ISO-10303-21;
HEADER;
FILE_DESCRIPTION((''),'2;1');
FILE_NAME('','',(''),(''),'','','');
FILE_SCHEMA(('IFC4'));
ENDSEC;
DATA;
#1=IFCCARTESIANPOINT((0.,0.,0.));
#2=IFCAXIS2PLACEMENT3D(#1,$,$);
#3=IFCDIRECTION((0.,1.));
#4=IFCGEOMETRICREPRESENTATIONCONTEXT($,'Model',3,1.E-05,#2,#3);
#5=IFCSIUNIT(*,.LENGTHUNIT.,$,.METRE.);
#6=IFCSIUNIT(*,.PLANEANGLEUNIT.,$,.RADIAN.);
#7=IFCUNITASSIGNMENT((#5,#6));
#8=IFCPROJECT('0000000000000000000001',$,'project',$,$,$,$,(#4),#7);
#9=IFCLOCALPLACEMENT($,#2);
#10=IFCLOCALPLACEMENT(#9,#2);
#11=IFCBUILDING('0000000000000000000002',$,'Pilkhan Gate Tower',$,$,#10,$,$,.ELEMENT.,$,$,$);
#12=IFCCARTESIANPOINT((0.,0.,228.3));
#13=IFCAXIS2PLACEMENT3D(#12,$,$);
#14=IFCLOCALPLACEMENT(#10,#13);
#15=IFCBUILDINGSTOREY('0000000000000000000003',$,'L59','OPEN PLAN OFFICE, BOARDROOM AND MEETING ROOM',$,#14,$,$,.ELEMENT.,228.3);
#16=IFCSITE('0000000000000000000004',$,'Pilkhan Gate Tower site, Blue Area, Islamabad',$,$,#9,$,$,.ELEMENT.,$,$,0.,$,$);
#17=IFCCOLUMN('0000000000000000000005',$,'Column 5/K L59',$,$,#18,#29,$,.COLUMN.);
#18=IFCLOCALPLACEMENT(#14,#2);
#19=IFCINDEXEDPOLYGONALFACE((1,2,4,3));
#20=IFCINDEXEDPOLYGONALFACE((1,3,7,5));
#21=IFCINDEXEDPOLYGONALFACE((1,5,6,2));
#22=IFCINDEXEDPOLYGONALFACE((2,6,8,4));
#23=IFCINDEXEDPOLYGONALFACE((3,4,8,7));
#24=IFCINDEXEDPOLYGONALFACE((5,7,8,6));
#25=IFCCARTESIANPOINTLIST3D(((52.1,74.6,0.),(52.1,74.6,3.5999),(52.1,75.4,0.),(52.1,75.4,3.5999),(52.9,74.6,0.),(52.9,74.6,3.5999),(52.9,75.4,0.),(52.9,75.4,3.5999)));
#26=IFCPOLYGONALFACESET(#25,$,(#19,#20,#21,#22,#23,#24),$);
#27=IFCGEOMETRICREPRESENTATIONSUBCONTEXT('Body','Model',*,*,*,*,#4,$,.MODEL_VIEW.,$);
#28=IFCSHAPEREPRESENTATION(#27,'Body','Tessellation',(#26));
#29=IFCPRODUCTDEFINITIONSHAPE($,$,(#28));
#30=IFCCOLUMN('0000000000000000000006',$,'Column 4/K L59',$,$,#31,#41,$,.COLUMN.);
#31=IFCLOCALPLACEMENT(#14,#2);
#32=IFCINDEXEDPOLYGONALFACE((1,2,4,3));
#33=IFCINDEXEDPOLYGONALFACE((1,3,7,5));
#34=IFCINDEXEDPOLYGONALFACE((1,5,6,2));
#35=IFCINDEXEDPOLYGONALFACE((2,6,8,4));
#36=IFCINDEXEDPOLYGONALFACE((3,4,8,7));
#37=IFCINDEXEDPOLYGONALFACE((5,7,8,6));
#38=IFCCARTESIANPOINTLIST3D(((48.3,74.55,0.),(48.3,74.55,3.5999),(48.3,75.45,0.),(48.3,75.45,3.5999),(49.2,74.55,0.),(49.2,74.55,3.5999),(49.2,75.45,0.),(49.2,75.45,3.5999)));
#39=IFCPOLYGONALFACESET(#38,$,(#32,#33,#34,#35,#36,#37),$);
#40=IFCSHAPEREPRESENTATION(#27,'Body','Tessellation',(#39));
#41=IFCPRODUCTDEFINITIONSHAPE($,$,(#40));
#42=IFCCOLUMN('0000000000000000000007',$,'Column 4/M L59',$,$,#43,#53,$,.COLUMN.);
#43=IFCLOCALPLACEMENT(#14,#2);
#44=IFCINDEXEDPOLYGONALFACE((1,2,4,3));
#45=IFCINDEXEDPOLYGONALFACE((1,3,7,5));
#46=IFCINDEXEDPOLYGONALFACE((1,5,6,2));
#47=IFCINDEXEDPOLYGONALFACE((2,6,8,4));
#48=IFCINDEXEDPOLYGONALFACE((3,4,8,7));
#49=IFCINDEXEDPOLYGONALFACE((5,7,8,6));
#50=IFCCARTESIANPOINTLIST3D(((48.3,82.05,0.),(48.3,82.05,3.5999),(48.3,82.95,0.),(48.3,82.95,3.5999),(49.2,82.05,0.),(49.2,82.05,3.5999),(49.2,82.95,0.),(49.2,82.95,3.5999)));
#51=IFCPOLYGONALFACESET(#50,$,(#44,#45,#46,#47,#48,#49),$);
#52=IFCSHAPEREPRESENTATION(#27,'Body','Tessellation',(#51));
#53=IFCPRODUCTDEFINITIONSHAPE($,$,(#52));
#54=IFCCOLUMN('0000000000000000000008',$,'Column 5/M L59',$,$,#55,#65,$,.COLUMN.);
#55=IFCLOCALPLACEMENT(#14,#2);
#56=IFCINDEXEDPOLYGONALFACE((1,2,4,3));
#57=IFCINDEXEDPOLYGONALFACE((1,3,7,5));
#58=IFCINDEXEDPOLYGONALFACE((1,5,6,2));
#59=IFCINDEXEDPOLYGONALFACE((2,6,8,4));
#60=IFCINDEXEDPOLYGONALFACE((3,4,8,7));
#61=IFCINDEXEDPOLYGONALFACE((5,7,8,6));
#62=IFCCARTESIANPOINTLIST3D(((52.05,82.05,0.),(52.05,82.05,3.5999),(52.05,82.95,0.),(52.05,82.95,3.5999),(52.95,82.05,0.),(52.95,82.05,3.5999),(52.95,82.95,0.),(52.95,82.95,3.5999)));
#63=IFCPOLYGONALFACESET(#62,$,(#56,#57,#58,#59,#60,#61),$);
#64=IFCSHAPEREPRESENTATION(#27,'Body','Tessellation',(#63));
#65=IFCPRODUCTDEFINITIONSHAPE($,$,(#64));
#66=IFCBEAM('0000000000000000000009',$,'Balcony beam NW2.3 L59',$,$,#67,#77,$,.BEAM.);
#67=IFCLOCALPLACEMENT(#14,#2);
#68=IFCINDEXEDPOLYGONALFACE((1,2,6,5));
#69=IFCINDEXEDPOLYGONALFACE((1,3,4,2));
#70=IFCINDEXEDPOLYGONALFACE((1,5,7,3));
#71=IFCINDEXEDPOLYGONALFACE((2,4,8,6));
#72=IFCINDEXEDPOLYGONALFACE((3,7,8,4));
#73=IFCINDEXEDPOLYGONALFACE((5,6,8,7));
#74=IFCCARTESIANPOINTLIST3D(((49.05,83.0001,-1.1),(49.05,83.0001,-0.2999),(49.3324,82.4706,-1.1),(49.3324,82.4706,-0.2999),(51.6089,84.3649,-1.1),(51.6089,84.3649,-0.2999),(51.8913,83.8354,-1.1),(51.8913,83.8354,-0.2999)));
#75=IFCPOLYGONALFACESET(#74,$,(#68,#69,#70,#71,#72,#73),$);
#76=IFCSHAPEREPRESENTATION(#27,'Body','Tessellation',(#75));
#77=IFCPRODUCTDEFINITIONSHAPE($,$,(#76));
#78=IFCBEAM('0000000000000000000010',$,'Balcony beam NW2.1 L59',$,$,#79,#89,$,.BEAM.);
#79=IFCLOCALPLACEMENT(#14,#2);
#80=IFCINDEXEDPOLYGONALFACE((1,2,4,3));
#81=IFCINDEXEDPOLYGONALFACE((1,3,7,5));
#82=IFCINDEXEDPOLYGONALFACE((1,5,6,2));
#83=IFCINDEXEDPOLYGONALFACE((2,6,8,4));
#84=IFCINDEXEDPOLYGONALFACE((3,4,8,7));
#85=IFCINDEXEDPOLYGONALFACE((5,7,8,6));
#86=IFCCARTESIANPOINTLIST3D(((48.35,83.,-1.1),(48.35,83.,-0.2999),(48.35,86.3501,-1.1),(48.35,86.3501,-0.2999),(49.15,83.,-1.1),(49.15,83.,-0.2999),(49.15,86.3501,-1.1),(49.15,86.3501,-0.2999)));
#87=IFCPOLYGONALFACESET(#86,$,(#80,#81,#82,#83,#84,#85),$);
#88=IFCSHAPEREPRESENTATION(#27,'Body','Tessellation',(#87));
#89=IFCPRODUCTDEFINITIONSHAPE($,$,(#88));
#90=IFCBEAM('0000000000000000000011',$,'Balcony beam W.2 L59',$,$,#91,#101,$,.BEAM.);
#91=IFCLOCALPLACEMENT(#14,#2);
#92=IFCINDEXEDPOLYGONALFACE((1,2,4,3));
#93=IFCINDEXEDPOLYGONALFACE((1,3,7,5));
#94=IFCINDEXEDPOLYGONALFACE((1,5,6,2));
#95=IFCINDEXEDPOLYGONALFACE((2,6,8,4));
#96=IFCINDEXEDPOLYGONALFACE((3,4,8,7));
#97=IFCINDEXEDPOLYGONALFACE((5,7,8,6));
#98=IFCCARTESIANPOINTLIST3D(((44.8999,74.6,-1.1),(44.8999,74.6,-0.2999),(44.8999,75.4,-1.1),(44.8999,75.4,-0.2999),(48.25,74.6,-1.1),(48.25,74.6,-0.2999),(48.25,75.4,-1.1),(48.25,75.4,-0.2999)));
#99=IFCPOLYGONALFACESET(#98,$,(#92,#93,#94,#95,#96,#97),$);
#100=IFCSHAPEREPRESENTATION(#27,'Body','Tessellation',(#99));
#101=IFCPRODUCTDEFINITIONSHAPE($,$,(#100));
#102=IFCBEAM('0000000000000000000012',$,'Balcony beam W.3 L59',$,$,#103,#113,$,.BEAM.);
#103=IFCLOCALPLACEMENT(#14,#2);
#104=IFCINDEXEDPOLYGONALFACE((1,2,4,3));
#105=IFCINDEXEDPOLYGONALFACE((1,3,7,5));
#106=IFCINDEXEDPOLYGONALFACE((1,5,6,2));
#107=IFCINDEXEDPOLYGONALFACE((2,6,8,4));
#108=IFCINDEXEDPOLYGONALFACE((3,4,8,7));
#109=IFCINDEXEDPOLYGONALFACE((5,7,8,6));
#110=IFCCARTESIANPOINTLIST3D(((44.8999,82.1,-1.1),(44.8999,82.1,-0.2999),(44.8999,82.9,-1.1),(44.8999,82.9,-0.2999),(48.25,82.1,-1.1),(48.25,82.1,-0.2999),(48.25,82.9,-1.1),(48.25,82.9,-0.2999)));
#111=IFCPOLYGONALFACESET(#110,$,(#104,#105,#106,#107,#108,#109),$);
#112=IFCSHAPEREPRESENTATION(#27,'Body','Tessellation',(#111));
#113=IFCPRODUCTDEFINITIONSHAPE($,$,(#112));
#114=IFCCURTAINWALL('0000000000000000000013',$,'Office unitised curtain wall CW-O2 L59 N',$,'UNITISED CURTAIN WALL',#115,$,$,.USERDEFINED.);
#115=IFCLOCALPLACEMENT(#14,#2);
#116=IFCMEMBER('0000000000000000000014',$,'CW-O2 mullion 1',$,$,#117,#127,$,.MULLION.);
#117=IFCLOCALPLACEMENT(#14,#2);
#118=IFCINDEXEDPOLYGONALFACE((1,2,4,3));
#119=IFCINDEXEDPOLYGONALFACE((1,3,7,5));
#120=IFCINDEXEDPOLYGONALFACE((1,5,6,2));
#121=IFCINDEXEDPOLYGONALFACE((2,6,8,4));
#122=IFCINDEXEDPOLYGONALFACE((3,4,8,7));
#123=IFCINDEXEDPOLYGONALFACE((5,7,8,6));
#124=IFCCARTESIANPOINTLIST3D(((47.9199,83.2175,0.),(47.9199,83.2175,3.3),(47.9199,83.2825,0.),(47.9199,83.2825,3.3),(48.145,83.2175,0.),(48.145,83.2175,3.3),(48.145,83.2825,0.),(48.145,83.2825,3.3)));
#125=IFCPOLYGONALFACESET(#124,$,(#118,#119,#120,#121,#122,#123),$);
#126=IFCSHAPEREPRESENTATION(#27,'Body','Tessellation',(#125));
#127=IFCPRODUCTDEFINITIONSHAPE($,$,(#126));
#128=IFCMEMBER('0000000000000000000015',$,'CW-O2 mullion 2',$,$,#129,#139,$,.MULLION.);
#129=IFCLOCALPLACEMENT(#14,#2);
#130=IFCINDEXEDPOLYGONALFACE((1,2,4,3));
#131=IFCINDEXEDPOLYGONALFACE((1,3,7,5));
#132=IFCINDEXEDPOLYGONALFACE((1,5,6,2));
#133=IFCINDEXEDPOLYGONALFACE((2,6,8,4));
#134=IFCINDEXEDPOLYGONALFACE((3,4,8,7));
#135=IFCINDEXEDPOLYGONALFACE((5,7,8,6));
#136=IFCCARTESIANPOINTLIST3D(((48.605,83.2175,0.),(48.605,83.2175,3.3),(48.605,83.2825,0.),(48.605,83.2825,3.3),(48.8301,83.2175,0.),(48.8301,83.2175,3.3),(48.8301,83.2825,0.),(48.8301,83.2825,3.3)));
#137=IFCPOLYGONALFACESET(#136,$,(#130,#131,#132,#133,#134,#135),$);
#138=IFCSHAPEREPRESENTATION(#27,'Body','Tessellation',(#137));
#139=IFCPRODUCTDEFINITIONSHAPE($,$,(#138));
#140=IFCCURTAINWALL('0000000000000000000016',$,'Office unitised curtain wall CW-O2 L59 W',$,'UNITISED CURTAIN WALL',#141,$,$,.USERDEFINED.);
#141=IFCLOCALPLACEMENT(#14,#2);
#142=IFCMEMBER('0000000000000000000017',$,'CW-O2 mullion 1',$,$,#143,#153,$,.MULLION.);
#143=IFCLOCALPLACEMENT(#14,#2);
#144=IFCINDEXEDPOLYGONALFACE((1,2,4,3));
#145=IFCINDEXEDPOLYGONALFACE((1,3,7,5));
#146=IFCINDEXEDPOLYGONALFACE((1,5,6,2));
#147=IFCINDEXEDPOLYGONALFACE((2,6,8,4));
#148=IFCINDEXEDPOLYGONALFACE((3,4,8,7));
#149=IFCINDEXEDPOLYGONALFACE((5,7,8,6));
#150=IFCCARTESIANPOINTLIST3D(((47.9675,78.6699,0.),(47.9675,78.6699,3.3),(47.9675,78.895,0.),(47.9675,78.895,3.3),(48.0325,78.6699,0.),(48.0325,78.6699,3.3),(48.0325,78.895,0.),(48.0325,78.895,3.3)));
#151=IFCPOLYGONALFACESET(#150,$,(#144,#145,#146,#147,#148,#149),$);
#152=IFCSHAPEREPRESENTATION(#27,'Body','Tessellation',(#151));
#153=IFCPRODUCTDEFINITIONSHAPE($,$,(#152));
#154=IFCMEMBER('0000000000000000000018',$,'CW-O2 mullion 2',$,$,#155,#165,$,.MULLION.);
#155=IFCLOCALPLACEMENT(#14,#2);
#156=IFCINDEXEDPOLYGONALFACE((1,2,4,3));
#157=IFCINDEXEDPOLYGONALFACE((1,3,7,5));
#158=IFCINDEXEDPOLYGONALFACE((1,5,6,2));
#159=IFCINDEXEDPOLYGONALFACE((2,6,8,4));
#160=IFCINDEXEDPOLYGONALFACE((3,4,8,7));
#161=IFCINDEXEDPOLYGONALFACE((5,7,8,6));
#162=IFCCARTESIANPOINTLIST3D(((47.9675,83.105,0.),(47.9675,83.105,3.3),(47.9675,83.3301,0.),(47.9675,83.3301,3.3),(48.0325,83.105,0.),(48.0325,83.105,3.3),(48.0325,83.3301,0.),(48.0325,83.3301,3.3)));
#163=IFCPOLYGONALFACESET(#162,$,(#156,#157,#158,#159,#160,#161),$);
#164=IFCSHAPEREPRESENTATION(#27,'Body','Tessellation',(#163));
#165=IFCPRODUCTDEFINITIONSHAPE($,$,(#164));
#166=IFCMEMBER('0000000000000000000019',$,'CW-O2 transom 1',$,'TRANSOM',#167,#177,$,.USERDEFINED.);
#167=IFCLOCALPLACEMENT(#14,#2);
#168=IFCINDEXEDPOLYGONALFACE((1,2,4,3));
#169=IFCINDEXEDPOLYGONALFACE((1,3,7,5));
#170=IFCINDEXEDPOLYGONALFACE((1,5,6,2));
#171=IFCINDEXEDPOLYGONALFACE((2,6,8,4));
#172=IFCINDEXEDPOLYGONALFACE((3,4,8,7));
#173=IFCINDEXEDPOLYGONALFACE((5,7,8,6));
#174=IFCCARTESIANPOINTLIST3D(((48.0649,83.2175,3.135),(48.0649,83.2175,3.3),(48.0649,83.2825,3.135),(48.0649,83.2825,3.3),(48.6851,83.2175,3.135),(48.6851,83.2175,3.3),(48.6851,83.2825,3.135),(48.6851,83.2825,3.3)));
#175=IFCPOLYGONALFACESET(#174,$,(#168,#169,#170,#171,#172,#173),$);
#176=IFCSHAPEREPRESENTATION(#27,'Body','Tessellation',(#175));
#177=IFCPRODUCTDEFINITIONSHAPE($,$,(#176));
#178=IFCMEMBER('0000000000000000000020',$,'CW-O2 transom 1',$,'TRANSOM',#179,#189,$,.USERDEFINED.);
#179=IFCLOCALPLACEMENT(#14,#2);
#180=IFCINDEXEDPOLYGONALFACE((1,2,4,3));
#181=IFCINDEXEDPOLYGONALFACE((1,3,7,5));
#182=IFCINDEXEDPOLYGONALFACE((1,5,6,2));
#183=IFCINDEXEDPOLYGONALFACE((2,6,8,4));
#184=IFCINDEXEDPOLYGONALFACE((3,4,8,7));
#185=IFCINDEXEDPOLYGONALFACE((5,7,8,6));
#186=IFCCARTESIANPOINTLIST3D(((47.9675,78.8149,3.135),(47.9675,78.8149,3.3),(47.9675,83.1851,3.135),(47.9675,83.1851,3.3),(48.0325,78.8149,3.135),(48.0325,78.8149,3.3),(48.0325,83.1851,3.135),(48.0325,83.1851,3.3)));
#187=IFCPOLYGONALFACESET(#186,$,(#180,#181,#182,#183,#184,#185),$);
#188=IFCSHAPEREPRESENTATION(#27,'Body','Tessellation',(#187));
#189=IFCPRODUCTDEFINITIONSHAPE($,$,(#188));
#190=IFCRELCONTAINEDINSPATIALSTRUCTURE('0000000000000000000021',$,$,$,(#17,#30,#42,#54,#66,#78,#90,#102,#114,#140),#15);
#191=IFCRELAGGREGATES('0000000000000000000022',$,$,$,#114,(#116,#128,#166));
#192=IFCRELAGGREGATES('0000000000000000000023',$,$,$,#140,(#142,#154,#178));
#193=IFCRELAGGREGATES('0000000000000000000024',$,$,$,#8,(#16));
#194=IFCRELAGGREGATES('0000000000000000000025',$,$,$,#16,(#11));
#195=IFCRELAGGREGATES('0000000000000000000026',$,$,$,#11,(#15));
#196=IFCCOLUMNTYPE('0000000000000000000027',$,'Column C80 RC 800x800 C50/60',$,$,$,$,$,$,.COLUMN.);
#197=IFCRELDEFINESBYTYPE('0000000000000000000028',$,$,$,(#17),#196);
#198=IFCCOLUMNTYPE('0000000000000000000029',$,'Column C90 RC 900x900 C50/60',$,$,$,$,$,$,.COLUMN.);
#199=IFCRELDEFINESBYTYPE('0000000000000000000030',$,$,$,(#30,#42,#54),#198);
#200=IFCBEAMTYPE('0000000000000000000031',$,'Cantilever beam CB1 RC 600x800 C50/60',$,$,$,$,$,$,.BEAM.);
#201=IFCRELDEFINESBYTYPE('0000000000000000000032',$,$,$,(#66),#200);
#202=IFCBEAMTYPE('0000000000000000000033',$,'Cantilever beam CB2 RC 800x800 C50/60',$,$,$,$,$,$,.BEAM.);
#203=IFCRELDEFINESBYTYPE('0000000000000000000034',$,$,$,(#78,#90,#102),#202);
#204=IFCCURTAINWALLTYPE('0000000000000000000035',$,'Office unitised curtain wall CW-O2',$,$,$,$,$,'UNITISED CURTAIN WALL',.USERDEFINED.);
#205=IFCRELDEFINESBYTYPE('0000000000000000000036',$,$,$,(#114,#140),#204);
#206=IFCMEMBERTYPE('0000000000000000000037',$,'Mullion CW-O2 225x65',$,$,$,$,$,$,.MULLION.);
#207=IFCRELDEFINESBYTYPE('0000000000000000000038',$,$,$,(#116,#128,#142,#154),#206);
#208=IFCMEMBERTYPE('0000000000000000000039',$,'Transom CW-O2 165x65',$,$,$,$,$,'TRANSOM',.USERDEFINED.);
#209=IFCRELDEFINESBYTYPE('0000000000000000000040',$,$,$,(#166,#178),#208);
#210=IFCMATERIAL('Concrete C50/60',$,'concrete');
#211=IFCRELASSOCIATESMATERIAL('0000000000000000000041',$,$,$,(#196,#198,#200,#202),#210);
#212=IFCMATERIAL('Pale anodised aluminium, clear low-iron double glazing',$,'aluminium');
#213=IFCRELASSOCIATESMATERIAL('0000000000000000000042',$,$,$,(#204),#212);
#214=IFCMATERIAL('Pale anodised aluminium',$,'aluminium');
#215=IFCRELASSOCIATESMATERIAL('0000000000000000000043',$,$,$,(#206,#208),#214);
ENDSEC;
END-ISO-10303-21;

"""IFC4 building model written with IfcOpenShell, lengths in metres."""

from ifc_helpers import new_model, si_unit, direction, frame, origin, origin_2d, place, context, subcontext, project, spatial, rectangle, extrude, material, material_profile, profile_set, type_object, element, aggregate, save


model = new_model("IFC4")

# Units and contexts
model_context = context("Model", 3, precision=1e-05, world=origin(), true_north=direction((0.0, 1.0)))
body_context = subcontext(model_context, "Body", "Model", "MODEL_VIEW")
ifc_project = project(units=[si_unit("LENGTHUNIT", "METRE"), si_unit("PLANEANGLEUNIT", "RADIAN")], contexts=[model_context])

# Site, building, storey
site_placement = place(None, origin())
site = spatial("IfcSite", under=ifc_project, at=site_placement, Name="Pilkhan Gate Tower site, Blue Area, Islamabad", CompositionType="ELEMENT", RefElevation=0.0)
building_placement = place(site_placement, origin())
building = spatial("IfcBuilding", under=site, at=building_placement, Name="Pilkhan Gate Tower", CompositionType="ELEMENT")
storey_placement = place(building_placement, frame((0.0, 0.0, 228.3)))
storey = spatial("IfcBuildingStorey", under=building, at=storey_placement, Name="L59", Description="OPEN PLAN OFFICE, BOARDROOM AND MEETING ROOM", CompositionType="ELEMENT", Elevation=228.3)

# Columns
ifc_material_1 = material(Name="Concrete C50/60", Category="concrete")
ifc_material_profile_1 = material_profile(ifc_material_1, rectangle(XDim=0.8, YDim=0.8, at=origin_2d()), Name="RC 800x800")
ifc_profile_set_1 = profile_set([ifc_material_profile_1], Name="Concrete C50/60")
column_type_1 = type_object("IfcColumnType", Name="Column C80 RC 800x800 C50/60", PredefinedType="COLUMN", material=ifc_profile_set_1)
column_placement = place(storey_placement, frame((52.5, 75.0, 0.0), z_axis=(0.0, 0.0, 1.0), x_axis=(1.0, 0.0, 0.0)))
element("IfcColumn", 1, at=column_placement, inside=storey, type_object=column_type_1, Name="Column 5/K L59", PredefinedType="COLUMN", context=body_context, shape_type="SweptSolid", body=[
    extrude(rectangle(XDim=0.8, YDim=0.8, at=origin_2d()), origin(), (0.0, 0.0, 1.0), 3.5999),
])
ifc_material_profile_2 = material_profile(ifc_material_1, rectangle(XDim=0.8999, YDim=0.8999, at=origin_2d()), Name="RC 900x900")
ifc_profile_set_2 = profile_set([ifc_material_profile_2], Name="Concrete C50/60")
column_type_2 = type_object("IfcColumnType", Name="Column C90 RC 900x900 C50/60", PredefinedType="COLUMN", material=ifc_profile_set_2)
for number, where, z_axis, x_axis, name in (
    (2, (48.75, 75.0, 0.0), (0.0, 0.0, 1.0), (1.0, 0.0, 0.0), "Column 4/K L59"),
    (3, (48.75, 82.5, 0.0), (0.0, 0.0, 1.0), (1.0, 0.0, 0.0), "Column 4/M L59"),
    (4, (52.5, 82.5, 0.0), (0.0, 0.0, 1.0), (1.0, 0.0, 0.0), "Column 5/M L59"),
):
    element("IfcColumn", number, at=place(storey_placement, frame(where, z_axis=z_axis, x_axis=x_axis)), inside=storey, type_object=column_type_2, Name=name, PredefinedType="COLUMN", context=body_context, shape_type="SweptSolid", body=[
        extrude(rectangle(XDim=0.8999, YDim=0.8999, at=origin_2d()), origin(), (0.0, 0.0, 1.0), 3.5999),
    ])

# Beams
ifc_material_profile_3 = material_profile(ifc_material_1, rectangle(XDim=0.6001, YDim=0.8, at=origin_2d()), Name="RC 600x800")
ifc_profile_set_3 = profile_set([ifc_material_profile_3], Name="Concrete C50/60")
beam_type_1 = type_object("IfcBeamType", Name="Cantilever beam CB1 RC 600x800 C50/60", PredefinedType="BEAM", material=ifc_profile_set_3)
beam_placement = place(storey_placement, frame((49.1912, 82.7354, -0.7), z_axis=(0.882348, 0.470597, 0.0), x_axis=(-0.470597, 0.882348, 0.0)))
element("IfcBeam", 5, at=beam_placement, inside=storey, type_object=beam_type_1, Name="Balcony beam NW2.3 L59", PredefinedType="BEAM", context=body_context, shape_type="SweptSolid", body=[
    extrude(rectangle(XDim=0.6001, YDim=0.8, at=origin_2d()), origin(), (0.0, 0.0, 1.0), 2.9001),
])
ifc_material_profile_4 = material_profile(ifc_material_1, rectangle(XDim=0.8, YDim=0.8, at=origin_2d()), Name="RC 800x800")
ifc_profile_set_4 = profile_set([ifc_material_profile_4], Name="Concrete C50/60")
beam_type_2 = type_object("IfcBeamType", Name="Cantilever beam CB2 RC 800x800 C50/60", PredefinedType="BEAM", material=ifc_profile_set_4)
for number, where, z_axis, x_axis, name in (
    (6, (48.75, 83.0, -0.7), (0.0, 1.0, 0.0), (-1.0, 0.0, 0.0), "Balcony beam NW2.1 L59"),
    (7, (48.25, 75.0, -0.7), (-1.0, 0.0, 0.0), (0.0, -1.0, 0.0), "Balcony beam W.2 L59"),
    (8, (48.25, 82.5, -0.7), (-1.0, 0.0, 0.0), (0.0, -1.0, 0.0), "Balcony beam W.3 L59"),
):
    element("IfcBeam", number, at=place(storey_placement, frame(where, z_axis=z_axis, x_axis=x_axis)), inside=storey, type_object=beam_type_2, Name=name, PredefinedType="BEAM", context=body_context, shape_type="SweptSolid", body=[
        extrude(rectangle(XDim=0.8, YDim=0.8, at=origin_2d()), origin(), (0.0, 0.0, 1.0), 3.3501),
    ])

# Curtain walls, members
ifc_material_2 = material(Name="Pale anodised aluminium, clear low-iron double glazing", Category="aluminium")
curtain_wall_type = type_object("IfcCurtainWallType", Name="Office unitised curtain wall CW-O2", ElementType="UNITISED CURTAIN WALL", PredefinedType="USERDEFINED", material=ifc_material_2)
curtain_wall_1_placement = place(storey_placement, origin())
curtain_wall_1 = element("IfcCurtainWall", 9, at=curtain_wall_1_placement, inside=storey, type_object=curtain_wall_type, Name="Office unitised curtain wall CW-O2 L59 N", ObjectType="UNITISED CURTAIN WALL", PredefinedType="USERDEFINED")
ifc_material_3 = material(Name="Pale anodised aluminium", Category="aluminium")
ifc_material_profile_5 = material_profile(ifc_material_3, rectangle(XDim=0.0649, YDim=0.2251, at=origin_2d()), Name="Mullion 225x65")
ifc_profile_set_5 = profile_set([ifc_material_profile_5], Name="Pale anodised aluminium")
member_type_1 = type_object("IfcMemberType", Name="Mullion CW-O2 225x65", PredefinedType="MULLION", material=ifc_profile_set_5)
member_1_placement = place(storey_placement, frame((48.0325, 83.25, 0.0), z_axis=(0.0, 0.0, 1.0), x_axis=(0.0, 1.0, 0.0)))
member_1 = element("IfcMember", 10, at=member_1_placement, type_object=member_type_1, Name="CW-O2 mullion 1", PredefinedType="MULLION", context=body_context, shape_type="SweptSolid", body=[
    extrude(rectangle(XDim=0.0649, YDim=0.2251, at=origin_2d()), origin(), (0.0, 0.0, 1.0), 3.3),
])
member_2_placement = place(storey_placement, frame((48.7175, 83.25, 0.0), z_axis=(0.0, 0.0, 1.0), x_axis=(0.0, 1.0, 0.0)))
member_2 = element("IfcMember", 11, at=member_2_placement, type_object=member_type_1, Name="CW-O2 mullion 2", PredefinedType="MULLION", context=body_context, shape_type="SweptSolid", body=[
    extrude(rectangle(XDim=0.0649, YDim=0.2251, at=origin_2d()), origin(), (0.0, 0.0, 1.0), 3.3),
])
curtain_wall_2_placement = place(storey_placement, origin())
curtain_wall_2 = element("IfcCurtainWall", 12, at=curtain_wall_2_placement, inside=storey, type_object=curtain_wall_type, Name="Office unitised curtain wall CW-O2 L59 W", ObjectType="UNITISED CURTAIN WALL", PredefinedType="USERDEFINED")
member_3_placement = place(storey_placement, frame((48.0, 78.7825, 0.0), z_axis=(0.0, 0.0, 1.0), x_axis=(-1.0, 0.0, 0.0)))
member_3 = element("IfcMember", 13, at=member_3_placement, type_object=member_type_1, Name="CW-O2 mullion 1", PredefinedType="MULLION", context=body_context, shape_type="SweptSolid", body=[
    extrude(rectangle(XDim=0.0649, YDim=0.2251, at=origin_2d()), origin(), (0.0, 0.0, 1.0), 3.3),
])
member_4_placement = place(storey_placement, frame((48.0, 83.2175, 0.0), z_axis=(0.0, 0.0, 1.0), x_axis=(-1.0, 0.0, 0.0)))
member_4 = element("IfcMember", 14, at=member_4_placement, type_object=member_type_1, Name="CW-O2 mullion 2", PredefinedType="MULLION", context=body_context, shape_type="SweptSolid", body=[
    extrude(rectangle(XDim=0.0649, YDim=0.2251, at=origin_2d()), origin(), (0.0, 0.0, 1.0), 3.3),
])

# Members
ifc_material_profile_6 = material_profile(ifc_material_3, rectangle(XDim=0.0649, YDim=0.165, at=origin_2d()), Name="Transom 165x65")
ifc_profile_set_6 = profile_set([ifc_material_profile_6], Name="Pale anodised aluminium")
member_type_2 = type_object("IfcMemberType", Name="Transom CW-O2 165x65", ElementType="TRANSOM", PredefinedType="USERDEFINED", material=ifc_profile_set_6)
member_5_placement = place(storey_placement, frame((48.0649, 83.25, 3.2175), z_axis=(1.0, 0.0, 0.0), x_axis=(0.0, 1.0, 0.0)))
member_5 = element("IfcMember", 15, at=member_5_placement, type_object=member_type_2, Name="CW-O2 transom 1", ObjectType="TRANSOM", PredefinedType="USERDEFINED", context=body_context, shape_type="SweptSolid", body=[
    extrude(rectangle(XDim=0.0649, YDim=0.165, at=origin_2d()), origin(), (0.0, 0.0, 1.0), 0.6201),
])
member_6_placement = place(storey_placement, frame((48.0, 78.8149, 3.2175), z_axis=(0.0, 1.0, 0.0), x_axis=(-1.0, 0.0, 0.0)))
member_6 = element("IfcMember", 16, at=member_6_placement, type_object=member_type_2, Name="CW-O2 transom 1", ObjectType="TRANSOM", PredefinedType="USERDEFINED", context=body_context, shape_type="SweptSolid", body=[
    extrude(rectangle(XDim=0.0649, YDim=0.165, at=origin_2d()), origin(), (0.0, 0.0, 1.0), 4.3701),
])

aggregate(curtain_wall_1, [member_1, member_2, member_5])
aggregate(curtain_wall_2, [member_3, member_4, member_6])

save(model, "model.ifc")
